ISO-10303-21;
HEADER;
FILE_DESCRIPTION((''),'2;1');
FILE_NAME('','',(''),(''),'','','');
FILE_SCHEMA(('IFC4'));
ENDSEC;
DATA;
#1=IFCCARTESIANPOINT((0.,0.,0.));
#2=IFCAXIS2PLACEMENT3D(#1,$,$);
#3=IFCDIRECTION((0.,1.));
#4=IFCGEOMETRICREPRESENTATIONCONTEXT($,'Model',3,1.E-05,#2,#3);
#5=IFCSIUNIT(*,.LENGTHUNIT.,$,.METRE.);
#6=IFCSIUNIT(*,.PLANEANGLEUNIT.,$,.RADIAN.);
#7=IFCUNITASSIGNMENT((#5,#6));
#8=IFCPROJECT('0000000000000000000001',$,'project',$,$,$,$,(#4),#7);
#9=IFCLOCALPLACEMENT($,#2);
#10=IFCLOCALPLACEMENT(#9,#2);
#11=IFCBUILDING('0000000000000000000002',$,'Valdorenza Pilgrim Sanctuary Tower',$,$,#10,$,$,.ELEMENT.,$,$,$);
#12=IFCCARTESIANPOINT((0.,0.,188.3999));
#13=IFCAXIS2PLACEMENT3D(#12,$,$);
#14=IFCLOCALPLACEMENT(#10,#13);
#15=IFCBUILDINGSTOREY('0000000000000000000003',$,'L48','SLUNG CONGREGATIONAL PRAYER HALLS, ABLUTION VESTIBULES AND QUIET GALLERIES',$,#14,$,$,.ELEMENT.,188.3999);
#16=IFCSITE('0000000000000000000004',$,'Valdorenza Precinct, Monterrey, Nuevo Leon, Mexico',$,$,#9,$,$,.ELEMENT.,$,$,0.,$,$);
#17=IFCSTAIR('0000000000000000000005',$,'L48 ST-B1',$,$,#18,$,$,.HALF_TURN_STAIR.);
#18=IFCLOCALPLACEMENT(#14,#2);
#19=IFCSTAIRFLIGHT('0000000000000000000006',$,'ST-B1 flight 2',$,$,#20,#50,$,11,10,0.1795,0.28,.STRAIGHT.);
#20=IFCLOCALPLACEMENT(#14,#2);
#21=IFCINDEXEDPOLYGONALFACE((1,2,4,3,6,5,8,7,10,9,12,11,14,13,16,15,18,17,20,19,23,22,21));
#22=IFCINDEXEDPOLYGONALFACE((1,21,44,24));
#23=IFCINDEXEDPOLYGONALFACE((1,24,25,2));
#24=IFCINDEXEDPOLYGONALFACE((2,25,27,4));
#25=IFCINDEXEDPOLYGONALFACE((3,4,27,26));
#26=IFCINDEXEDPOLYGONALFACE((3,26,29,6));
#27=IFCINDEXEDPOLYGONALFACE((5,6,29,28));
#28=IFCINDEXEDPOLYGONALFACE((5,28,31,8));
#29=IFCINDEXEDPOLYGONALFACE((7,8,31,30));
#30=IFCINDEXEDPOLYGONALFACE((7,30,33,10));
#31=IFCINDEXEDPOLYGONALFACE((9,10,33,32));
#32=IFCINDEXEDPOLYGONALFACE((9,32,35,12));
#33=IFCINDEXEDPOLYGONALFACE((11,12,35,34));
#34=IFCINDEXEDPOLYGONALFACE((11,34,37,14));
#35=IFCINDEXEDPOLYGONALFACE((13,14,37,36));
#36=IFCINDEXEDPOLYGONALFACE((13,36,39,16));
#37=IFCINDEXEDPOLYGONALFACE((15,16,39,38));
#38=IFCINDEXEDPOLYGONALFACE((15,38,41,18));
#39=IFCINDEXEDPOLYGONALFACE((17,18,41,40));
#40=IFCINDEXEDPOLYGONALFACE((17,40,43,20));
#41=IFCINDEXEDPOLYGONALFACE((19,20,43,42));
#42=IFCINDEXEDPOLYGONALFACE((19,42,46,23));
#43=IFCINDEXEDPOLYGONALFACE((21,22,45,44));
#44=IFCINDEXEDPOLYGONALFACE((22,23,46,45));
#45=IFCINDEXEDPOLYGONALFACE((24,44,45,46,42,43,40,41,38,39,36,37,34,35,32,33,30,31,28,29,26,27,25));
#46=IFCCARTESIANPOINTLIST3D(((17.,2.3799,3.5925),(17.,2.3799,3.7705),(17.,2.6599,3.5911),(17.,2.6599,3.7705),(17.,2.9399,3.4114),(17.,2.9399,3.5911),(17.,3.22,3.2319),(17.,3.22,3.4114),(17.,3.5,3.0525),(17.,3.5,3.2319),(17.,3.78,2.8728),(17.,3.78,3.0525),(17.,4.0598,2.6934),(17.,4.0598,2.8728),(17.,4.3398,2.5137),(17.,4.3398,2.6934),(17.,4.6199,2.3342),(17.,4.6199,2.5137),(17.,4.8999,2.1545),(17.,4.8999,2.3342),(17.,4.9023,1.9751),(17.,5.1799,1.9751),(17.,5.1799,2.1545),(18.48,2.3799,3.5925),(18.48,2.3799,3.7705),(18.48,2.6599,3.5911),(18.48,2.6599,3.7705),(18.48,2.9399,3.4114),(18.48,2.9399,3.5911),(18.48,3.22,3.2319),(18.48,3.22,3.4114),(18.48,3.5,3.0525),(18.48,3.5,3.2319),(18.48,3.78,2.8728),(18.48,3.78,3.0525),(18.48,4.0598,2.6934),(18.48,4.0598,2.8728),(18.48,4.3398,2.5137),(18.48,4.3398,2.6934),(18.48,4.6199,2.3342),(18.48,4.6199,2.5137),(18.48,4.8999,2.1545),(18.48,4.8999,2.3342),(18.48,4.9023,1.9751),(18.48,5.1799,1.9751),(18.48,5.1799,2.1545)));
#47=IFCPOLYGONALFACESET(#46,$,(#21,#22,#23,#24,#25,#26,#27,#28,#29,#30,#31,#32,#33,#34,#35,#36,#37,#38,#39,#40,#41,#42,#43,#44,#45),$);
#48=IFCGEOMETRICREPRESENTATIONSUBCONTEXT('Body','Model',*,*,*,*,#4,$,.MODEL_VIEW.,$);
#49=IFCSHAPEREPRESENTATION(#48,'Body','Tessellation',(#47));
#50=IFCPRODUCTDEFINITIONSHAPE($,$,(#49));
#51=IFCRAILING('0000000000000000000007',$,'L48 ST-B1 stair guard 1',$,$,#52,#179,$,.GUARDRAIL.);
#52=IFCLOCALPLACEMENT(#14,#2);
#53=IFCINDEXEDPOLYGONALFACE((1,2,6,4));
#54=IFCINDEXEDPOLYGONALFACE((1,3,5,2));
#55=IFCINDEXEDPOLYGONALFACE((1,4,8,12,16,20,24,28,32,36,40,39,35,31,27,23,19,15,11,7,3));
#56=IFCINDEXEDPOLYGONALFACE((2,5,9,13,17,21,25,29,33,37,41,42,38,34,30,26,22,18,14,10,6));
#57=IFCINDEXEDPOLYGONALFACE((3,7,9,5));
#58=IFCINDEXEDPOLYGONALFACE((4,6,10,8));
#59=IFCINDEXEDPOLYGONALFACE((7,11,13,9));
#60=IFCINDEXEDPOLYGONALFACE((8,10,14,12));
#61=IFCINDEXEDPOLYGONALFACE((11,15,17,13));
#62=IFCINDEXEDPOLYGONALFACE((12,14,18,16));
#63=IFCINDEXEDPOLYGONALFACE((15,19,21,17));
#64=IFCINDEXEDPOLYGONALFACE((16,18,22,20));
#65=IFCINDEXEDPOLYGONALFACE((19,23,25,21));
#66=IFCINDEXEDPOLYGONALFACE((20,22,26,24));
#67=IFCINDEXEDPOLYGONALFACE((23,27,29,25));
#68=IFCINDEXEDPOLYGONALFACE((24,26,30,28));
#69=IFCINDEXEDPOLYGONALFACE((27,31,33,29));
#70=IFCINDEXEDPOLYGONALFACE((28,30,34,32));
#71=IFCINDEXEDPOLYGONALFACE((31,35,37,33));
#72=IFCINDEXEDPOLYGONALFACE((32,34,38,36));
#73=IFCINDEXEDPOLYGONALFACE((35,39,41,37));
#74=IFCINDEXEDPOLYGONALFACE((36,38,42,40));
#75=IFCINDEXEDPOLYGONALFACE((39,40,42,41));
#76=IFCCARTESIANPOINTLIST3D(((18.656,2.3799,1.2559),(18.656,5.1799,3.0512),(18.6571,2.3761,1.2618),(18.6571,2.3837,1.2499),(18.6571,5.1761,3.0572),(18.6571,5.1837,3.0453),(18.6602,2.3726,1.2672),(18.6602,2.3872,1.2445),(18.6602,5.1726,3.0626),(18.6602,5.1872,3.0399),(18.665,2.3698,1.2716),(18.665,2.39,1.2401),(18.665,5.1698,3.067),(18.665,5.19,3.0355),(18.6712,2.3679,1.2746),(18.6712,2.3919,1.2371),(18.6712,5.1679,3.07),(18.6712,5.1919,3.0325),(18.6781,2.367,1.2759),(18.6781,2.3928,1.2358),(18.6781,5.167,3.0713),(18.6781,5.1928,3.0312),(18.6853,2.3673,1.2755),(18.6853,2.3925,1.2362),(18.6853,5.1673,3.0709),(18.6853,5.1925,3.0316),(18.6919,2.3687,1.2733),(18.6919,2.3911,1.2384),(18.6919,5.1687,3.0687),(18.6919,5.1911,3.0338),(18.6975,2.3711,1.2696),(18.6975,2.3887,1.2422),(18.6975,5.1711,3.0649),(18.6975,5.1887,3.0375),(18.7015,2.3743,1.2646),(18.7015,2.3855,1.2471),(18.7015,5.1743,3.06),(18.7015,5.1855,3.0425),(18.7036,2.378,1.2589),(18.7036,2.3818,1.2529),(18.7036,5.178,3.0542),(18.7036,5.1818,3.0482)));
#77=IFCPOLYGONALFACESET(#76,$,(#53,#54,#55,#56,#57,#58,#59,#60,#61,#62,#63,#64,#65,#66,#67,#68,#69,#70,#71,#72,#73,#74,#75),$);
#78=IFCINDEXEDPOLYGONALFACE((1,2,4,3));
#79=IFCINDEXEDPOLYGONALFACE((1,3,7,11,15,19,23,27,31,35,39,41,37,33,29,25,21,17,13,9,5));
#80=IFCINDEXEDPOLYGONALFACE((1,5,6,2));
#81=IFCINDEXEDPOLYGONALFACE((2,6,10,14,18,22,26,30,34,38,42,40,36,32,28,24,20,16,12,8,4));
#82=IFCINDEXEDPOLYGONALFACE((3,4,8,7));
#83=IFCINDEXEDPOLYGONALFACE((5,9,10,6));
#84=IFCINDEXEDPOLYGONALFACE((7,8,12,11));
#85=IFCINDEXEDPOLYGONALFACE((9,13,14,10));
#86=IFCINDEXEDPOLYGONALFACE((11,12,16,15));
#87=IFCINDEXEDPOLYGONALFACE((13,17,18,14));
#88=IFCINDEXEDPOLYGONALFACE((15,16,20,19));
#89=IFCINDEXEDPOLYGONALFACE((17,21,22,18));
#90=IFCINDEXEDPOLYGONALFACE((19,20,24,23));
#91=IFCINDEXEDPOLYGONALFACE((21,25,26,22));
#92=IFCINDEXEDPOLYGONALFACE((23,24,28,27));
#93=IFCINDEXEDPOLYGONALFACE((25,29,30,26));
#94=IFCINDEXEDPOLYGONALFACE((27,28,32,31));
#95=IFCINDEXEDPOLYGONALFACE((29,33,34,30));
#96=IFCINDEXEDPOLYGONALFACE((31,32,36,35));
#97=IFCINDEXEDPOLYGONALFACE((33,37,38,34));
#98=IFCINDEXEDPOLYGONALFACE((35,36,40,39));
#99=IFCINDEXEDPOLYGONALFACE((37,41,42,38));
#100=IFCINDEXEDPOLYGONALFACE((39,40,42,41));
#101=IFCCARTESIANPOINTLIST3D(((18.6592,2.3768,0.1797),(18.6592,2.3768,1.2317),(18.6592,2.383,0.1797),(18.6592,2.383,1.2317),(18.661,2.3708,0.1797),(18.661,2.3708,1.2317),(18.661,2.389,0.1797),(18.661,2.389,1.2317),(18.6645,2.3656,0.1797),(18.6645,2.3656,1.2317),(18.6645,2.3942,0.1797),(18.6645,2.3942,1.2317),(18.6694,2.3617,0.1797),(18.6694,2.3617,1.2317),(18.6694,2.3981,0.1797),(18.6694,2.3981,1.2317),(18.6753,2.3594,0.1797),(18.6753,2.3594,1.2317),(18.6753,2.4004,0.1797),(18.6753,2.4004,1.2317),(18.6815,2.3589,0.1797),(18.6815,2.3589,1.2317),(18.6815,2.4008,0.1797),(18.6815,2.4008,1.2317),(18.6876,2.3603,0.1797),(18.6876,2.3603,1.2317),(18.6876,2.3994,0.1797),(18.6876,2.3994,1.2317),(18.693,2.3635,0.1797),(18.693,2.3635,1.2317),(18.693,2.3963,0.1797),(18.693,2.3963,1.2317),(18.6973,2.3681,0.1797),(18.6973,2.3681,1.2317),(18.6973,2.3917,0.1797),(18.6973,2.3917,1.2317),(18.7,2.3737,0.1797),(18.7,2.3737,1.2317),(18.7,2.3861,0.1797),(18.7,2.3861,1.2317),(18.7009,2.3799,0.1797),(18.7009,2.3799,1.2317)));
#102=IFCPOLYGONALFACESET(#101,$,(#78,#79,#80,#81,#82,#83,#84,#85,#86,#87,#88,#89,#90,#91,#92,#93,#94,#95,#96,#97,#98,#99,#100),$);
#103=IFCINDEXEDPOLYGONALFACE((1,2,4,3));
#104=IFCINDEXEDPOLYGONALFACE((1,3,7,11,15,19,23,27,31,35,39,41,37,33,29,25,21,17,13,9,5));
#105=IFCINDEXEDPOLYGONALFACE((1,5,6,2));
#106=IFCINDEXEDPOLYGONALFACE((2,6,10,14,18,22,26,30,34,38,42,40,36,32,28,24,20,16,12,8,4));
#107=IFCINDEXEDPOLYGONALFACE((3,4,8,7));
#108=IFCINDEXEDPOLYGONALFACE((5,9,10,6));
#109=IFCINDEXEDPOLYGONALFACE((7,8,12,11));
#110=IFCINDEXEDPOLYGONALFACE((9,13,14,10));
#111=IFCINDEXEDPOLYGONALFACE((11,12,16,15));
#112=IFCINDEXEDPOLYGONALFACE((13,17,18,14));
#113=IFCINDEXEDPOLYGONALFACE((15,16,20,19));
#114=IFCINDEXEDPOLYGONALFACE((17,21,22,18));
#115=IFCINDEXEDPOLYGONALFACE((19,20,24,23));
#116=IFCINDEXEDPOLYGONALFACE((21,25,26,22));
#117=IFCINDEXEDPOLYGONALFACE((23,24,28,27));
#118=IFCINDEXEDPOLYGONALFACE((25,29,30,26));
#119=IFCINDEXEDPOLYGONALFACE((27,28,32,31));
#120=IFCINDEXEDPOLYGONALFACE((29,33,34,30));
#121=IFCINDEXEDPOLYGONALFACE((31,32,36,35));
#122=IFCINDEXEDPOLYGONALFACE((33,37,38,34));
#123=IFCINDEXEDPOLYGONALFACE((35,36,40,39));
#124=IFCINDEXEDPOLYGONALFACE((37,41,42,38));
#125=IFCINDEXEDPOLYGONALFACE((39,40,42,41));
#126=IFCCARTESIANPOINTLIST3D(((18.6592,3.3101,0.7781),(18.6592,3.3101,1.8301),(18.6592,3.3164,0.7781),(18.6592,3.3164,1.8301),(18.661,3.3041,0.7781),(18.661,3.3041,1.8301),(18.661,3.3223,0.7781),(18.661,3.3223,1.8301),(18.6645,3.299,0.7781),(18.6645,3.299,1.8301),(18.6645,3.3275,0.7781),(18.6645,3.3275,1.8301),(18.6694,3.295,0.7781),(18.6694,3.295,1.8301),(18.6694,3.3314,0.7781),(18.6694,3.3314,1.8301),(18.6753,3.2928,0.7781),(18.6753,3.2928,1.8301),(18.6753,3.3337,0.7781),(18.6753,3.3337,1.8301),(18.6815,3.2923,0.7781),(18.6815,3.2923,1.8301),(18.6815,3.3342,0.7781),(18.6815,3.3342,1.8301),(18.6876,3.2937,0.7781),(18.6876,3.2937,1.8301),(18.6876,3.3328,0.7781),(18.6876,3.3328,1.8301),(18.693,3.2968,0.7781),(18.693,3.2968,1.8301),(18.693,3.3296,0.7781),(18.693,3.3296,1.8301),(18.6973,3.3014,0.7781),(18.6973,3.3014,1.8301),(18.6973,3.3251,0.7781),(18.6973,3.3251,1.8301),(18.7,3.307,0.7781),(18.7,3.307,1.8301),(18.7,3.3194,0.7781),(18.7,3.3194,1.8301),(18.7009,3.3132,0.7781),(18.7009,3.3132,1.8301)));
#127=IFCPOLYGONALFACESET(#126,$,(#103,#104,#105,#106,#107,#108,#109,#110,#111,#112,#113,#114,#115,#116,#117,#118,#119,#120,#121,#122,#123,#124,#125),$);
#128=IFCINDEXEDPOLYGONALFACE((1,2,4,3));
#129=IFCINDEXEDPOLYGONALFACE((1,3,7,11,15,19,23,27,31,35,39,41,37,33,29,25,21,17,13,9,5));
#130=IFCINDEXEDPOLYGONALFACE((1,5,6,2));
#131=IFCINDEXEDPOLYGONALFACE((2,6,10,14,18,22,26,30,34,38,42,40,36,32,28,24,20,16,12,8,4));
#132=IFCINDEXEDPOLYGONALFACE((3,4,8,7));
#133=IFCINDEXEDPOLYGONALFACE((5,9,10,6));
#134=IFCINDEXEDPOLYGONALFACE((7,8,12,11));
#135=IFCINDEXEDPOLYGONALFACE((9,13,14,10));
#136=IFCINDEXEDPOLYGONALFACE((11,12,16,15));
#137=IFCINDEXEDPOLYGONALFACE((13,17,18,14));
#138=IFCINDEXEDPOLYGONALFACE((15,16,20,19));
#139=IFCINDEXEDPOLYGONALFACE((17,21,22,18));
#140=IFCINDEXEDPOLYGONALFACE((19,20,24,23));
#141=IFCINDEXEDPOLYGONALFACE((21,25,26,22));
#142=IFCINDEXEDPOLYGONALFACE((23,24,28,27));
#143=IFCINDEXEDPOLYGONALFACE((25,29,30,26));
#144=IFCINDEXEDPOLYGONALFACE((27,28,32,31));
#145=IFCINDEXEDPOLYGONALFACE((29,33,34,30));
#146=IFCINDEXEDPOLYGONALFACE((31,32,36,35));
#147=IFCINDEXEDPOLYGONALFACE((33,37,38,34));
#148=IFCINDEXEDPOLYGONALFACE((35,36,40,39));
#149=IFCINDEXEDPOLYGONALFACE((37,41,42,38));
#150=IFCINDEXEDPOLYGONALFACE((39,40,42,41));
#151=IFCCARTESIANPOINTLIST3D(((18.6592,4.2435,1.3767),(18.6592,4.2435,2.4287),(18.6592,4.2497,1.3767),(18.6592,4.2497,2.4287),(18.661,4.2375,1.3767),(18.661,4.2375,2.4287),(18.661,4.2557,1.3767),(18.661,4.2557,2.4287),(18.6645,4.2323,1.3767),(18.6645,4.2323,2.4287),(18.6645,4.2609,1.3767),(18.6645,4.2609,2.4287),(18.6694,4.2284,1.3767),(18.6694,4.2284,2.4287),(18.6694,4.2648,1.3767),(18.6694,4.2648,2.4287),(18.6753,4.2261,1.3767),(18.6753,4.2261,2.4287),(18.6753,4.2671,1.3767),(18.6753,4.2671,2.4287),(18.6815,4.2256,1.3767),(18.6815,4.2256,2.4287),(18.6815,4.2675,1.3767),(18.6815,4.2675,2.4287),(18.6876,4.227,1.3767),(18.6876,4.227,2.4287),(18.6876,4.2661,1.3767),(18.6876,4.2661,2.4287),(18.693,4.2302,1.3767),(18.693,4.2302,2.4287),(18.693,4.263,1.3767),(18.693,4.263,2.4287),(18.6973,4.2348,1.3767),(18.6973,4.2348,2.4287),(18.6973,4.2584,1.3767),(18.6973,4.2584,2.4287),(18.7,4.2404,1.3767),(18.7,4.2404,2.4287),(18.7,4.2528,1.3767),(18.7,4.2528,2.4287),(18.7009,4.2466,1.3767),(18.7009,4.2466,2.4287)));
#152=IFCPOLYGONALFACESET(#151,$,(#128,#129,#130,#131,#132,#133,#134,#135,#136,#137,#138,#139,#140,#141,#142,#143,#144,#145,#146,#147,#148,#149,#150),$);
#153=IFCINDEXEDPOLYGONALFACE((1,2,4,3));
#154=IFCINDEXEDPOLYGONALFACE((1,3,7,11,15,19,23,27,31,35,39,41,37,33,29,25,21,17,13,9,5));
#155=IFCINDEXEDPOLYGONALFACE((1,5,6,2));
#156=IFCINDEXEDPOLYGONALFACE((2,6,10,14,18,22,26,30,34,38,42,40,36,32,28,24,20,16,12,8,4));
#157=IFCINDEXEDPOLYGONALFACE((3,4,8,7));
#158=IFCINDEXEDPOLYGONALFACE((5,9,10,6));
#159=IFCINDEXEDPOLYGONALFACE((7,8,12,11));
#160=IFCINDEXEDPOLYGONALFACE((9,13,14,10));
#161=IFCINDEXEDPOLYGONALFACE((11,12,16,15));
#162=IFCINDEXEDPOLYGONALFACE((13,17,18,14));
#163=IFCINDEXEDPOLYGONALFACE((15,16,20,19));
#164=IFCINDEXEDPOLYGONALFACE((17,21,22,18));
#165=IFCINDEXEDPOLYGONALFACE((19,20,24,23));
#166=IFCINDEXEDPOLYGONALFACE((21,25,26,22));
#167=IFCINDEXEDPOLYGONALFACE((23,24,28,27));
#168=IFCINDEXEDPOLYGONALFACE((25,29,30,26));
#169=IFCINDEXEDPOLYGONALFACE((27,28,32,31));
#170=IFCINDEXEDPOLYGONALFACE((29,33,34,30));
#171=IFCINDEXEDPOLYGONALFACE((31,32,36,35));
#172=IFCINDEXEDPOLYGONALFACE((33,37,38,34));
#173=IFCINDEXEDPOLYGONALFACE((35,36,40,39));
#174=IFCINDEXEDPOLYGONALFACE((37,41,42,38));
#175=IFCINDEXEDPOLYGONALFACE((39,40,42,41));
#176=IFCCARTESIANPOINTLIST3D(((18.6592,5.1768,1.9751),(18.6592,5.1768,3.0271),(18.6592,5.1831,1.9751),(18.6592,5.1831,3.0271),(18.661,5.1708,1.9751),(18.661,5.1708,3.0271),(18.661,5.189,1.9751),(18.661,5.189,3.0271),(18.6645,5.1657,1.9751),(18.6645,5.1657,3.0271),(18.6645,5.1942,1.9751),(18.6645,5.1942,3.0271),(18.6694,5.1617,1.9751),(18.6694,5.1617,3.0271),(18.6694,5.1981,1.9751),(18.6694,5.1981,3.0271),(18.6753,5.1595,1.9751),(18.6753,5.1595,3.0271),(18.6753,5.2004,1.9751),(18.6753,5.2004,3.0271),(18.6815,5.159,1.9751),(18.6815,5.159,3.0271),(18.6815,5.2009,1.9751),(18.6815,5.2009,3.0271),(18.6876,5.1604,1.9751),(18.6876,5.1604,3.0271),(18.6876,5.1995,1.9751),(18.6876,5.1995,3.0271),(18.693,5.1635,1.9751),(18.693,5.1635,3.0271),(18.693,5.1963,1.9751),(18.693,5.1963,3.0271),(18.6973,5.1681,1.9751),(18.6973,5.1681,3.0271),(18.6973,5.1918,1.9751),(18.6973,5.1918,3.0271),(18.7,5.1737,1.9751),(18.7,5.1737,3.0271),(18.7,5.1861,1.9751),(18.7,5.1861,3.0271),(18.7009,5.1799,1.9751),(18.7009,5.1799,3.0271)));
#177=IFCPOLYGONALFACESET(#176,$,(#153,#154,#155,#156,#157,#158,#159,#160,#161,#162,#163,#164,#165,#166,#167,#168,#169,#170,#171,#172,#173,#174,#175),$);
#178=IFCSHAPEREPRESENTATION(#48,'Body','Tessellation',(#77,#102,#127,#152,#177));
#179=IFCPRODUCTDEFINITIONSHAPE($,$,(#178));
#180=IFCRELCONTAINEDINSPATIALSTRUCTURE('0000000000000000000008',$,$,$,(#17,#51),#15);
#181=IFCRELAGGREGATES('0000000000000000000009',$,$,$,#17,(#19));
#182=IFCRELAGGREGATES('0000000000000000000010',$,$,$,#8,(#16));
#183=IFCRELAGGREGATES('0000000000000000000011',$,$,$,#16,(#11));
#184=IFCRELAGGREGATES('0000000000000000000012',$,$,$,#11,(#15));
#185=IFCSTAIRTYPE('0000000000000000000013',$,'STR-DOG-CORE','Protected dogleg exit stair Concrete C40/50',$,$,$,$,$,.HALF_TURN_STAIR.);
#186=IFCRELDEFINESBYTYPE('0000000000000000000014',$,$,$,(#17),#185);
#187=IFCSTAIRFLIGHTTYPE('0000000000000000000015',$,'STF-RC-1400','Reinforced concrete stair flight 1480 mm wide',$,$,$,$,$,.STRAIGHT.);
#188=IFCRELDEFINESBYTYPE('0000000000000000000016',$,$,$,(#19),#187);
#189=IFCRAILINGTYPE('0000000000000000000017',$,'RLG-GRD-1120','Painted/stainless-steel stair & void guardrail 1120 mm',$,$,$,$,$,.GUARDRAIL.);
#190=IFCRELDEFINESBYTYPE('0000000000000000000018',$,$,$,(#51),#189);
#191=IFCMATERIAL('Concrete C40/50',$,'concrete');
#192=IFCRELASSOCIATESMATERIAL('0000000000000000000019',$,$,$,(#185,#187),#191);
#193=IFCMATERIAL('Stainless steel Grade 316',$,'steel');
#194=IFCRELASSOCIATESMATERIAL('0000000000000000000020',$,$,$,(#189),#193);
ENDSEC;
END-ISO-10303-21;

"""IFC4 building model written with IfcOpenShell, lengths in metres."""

from ifc_helpers import new_model, si_unit, direction, frame, origin, origin_2d, place, context, subcontext, project, spatial, polyline, circle, outline, extrude, material, type_object, element, aggregate, save


model = new_model("IFC4")

# Units and contexts
model_context = context("Model", 3, precision=1e-05, world=origin(), true_north=direction((0.0, 1.0)))
body_context = subcontext(model_context, "Body", "Model", "MODEL_VIEW")
ifc_project = project(units=[si_unit("LENGTHUNIT", "METRE"), si_unit("PLANEANGLEUNIT", "RADIAN")], contexts=[model_context])

# Site, building, storey
site_placement = place(None, origin())
site = spatial("IfcSite", under=ifc_project, at=site_placement, Name="Valdorenza Precinct, Monterrey, Nuevo Leon, Mexico", CompositionType="ELEMENT", RefElevation=0.0)
building_placement = place(site_placement, origin())
building = spatial("IfcBuilding", under=site, at=building_placement, Name="Valdorenza Pilgrim Sanctuary Tower", CompositionType="ELEMENT")
storey_placement = place(building_placement, frame((0.0, 0.0, 188.3999)))
storey = spatial("IfcBuildingStorey", under=building, at=storey_placement, Name="L48", Description="SLUNG CONGREGATIONAL PRAYER HALLS, ABLUTION VESTIBULES AND QUIET GALLERIES", CompositionType="ELEMENT", Elevation=188.3999)

# Shared definitions
ifc_material_1 = material(Name="Concrete C40/50", Category="concrete")

# Stair, stair flight
stair_type = type_object("IfcStairType", Name="STR-DOG-CORE", Description="Protected dogleg exit stair Concrete C40/50", PredefinedType="HALF_TURN_STAIR", material=ifc_material_1)
stair_placement = place(storey_placement, origin())
stair = element("IfcStair", 1, at=stair_placement, inside=storey, type_object=stair_type, Name="L48 ST-B1", PredefinedType="HALF_TURN_STAIR")
stair_flight_type = type_object("IfcStairFlightType", Name="STF-RC-1400", Description="Reinforced concrete stair flight 1480 mm wide", PredefinedType="STRAIGHT", material=ifc_material_1)
stair_flight_1_placement = place(storey_placement, frame((17.74, 5.1799, 1.9751), z_axis=(0.0, 0.0, 1.0), x_axis=(0.0, -1.0, 0.0)))
stair_flight_1 = element("IfcStairFlight", 2, at=stair_flight_1_placement, type_object=stair_flight_type, Name="ST-B1 flight 2", NumberOfRisers=11, NumberOfTreads=10, PredefinedType="STRAIGHT", RiserHeight=0.1795, TreadLength=0.28, context=body_context, shape_type="SweptSolid", body=[
    extrude(outline(polyline([(0.0, 0.0), (0.0, 0.1794), (0.28, 0.1794), (0.28, 0.3591), (0.5601, 0.3591), (0.5601, 0.5386), (0.8401, 0.5386), (0.8401, 0.7183), (1.1201, 0.7183), (1.1201, 0.8977), (1.3999, 0.8977), (1.3999, 1.0774), (1.6799, 1.0774), (1.6799, 1.2568), (1.96, 1.2568), (1.96, 1.4363), (2.24, 1.4363), (2.24, 1.616), (2.52, 1.616), (2.52, 1.7954), (2.8, 1.7954), (2.8, 1.9751), (2.8, 1.6174), (0.2776, 0.0), (0.0, 0.0)])), frame((0.0, 0.74, 0.0), z_axis=(0.0, -1.0, 0.0), x_axis=(1.0, 0.0, 0.0)), (0.0, 0.0, 1.0), 1.48),
])
aggregate(stair, [stair_flight_1])

# Railing
ifc_material_2 = material(Name="Stainless steel Grade 316", Category="steel")
railing_type_1 = type_object("IfcRailingType", Name="RLG-GRD-1120", Description="Painted/stainless-steel stair & void guardrail 1120 mm", PredefinedType="GUARDRAIL", material=ifc_material_2)
railing_1_placement = place(storey_placement, frame((18.6799, 2.3799, 0.1797)))
element("IfcRailing", 3, at=railing_1_placement, inside=storey, type_object=railing_type_1, Name="L48 ST-B1 stair guard 1", PredefinedType="GUARDRAIL", context=body_context, shape_type="SweptSolid", body=[
    extrude(circle(Radius=0.0239, at=origin_2d()), frame((0.0, 0.0, 1.0762), z_axis=(0.0, 0.84181, 0.539774), x_axis=(-1.0, 0.0, 0.0)), (0.0, 0.0, 1.0), 3.3262),
    extrude(circle(Radius=0.021, at=origin_2d()), origin(), (0.0, 0.0, 1.0), 1.052),
    extrude(circle(Radius=0.021, at=origin_2d()), frame((0.0, 0.9333, 0.5984)), (0.0, 0.0, 1.0), 1.052),
    extrude(circle(Radius=0.021, at=origin_2d()), frame((0.0, 1.8667, 1.197)), (0.0, 0.0, 1.0), 1.052),
    extrude(circle(Radius=0.021, at=origin_2d()), frame((0.0, 2.8, 1.7954)), (0.0, 0.0, 1.0), 1.052),
])

save(model, "model.ifc")
